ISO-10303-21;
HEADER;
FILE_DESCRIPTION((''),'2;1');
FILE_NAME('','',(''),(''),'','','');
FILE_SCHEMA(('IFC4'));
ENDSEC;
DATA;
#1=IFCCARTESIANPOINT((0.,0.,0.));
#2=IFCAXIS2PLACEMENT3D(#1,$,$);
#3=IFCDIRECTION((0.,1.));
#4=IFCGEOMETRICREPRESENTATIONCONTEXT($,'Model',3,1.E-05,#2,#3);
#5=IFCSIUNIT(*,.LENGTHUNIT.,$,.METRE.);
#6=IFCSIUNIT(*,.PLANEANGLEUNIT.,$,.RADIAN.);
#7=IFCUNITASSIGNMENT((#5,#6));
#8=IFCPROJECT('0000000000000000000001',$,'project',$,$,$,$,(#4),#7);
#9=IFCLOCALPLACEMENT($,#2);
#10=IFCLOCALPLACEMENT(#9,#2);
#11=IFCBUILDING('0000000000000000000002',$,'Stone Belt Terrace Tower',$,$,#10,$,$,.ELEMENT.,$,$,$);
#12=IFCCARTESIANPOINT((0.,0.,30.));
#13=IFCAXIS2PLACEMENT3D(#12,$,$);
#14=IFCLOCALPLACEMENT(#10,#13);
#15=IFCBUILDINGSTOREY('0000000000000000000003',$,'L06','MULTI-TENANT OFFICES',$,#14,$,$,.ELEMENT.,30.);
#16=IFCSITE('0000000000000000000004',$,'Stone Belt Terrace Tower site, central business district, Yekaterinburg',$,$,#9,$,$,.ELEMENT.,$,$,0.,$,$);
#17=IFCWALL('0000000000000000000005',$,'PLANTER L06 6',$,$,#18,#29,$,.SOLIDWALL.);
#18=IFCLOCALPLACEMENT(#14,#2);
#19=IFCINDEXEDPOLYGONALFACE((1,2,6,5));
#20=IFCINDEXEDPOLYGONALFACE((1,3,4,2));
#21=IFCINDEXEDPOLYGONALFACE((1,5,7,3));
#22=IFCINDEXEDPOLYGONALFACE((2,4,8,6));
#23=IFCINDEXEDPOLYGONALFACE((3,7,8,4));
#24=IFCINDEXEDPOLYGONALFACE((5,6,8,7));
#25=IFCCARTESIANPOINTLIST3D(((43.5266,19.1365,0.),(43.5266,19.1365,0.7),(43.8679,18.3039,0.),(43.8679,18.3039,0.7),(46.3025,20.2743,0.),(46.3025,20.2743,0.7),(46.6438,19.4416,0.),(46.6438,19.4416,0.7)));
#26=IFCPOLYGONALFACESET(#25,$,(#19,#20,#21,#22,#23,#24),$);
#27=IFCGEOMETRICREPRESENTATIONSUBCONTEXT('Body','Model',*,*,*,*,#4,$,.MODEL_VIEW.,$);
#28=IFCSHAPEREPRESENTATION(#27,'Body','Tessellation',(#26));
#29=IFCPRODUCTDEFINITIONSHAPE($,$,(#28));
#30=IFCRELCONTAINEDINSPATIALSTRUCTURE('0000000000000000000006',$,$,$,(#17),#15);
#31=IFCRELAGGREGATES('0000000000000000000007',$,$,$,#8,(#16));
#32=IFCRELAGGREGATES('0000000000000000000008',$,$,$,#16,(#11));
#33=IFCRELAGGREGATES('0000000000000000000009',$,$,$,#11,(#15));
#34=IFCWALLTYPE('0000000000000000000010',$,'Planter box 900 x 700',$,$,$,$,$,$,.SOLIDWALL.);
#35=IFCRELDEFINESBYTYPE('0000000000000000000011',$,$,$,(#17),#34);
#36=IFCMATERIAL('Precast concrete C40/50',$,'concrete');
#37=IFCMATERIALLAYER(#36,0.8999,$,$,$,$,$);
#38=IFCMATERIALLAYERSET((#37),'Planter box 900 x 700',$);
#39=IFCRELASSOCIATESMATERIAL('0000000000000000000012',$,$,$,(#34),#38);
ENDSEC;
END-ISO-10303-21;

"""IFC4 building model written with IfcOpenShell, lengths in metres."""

from ifc_helpers import new_model, si_unit, direction, frame, origin, origin_2d, place, context, subcontext, project, spatial, rectangle, extrude, material, layer, layer_set, type_object, element, save


model = new_model("IFC4")

# Units and contexts
model_context = context("Model", 3, precision=1e-05, world=origin(), true_north=direction((0.0, 1.0)))
body_context = subcontext(model_context, "Body", "Model", "MODEL_VIEW")
ifc_project = project(units=[si_unit("LENGTHUNIT", "METRE"), si_unit("PLANEANGLEUNIT", "RADIAN")], contexts=[model_context])

# Site, building, storey
site_placement = place(None, origin())
site = spatial("IfcSite", under=ifc_project, at=site_placement, Name="Stone Belt Terrace Tower site, central business district, Yekaterinburg", CompositionType="ELEMENT", RefElevation=0.0)
building_placement = place(site_placement, origin())
building = spatial("IfcBuilding", under=site, at=building_placement, Name="Stone Belt Terrace Tower", CompositionType="ELEMENT")
storey_placement = place(building_placement, frame((0.0, 0.0, 30.0)))
storey = spatial("IfcBuildingStorey", under=building, at=storey_placement, Name="L06", Description="MULTI-TENANT OFFICES", CompositionType="ELEMENT", Elevation=30.0)

# Wall
ifc_material_1 = material(Name="Precast concrete C40/50", Category="concrete")
ifc_layer_1 = layer(ifc_material_1, 0.8999)
ifc_layer_set_1 = layer_set([ifc_layer_1], Name="Planter box 900 x 700")
wall_type_1 = type_object("IfcWallType", Name="Planter box 900 x 700", PredefinedType="SOLIDWALL", material=ifc_layer_set_1)
wall_1_placement = place(storey_placement, frame((45.0852, 19.2891, 0.0), z_axis=(0.0, 0.0, 1.0), x_axis=(0.925297, 0.379243, 0.0)))
element("IfcWall", 1, at=wall_1_placement, inside=storey, type_object=wall_type_1, Name="PLANTER L06 6", PredefinedType="SOLIDWALL", context=body_context, shape_type="SweptSolid", body=[
    extrude(rectangle(XDim=3.0, YDim=0.8999, at=origin_2d()), origin(), (0.0, 0.0, 1.0), 0.7),
])

save(model, "model.ifc")
